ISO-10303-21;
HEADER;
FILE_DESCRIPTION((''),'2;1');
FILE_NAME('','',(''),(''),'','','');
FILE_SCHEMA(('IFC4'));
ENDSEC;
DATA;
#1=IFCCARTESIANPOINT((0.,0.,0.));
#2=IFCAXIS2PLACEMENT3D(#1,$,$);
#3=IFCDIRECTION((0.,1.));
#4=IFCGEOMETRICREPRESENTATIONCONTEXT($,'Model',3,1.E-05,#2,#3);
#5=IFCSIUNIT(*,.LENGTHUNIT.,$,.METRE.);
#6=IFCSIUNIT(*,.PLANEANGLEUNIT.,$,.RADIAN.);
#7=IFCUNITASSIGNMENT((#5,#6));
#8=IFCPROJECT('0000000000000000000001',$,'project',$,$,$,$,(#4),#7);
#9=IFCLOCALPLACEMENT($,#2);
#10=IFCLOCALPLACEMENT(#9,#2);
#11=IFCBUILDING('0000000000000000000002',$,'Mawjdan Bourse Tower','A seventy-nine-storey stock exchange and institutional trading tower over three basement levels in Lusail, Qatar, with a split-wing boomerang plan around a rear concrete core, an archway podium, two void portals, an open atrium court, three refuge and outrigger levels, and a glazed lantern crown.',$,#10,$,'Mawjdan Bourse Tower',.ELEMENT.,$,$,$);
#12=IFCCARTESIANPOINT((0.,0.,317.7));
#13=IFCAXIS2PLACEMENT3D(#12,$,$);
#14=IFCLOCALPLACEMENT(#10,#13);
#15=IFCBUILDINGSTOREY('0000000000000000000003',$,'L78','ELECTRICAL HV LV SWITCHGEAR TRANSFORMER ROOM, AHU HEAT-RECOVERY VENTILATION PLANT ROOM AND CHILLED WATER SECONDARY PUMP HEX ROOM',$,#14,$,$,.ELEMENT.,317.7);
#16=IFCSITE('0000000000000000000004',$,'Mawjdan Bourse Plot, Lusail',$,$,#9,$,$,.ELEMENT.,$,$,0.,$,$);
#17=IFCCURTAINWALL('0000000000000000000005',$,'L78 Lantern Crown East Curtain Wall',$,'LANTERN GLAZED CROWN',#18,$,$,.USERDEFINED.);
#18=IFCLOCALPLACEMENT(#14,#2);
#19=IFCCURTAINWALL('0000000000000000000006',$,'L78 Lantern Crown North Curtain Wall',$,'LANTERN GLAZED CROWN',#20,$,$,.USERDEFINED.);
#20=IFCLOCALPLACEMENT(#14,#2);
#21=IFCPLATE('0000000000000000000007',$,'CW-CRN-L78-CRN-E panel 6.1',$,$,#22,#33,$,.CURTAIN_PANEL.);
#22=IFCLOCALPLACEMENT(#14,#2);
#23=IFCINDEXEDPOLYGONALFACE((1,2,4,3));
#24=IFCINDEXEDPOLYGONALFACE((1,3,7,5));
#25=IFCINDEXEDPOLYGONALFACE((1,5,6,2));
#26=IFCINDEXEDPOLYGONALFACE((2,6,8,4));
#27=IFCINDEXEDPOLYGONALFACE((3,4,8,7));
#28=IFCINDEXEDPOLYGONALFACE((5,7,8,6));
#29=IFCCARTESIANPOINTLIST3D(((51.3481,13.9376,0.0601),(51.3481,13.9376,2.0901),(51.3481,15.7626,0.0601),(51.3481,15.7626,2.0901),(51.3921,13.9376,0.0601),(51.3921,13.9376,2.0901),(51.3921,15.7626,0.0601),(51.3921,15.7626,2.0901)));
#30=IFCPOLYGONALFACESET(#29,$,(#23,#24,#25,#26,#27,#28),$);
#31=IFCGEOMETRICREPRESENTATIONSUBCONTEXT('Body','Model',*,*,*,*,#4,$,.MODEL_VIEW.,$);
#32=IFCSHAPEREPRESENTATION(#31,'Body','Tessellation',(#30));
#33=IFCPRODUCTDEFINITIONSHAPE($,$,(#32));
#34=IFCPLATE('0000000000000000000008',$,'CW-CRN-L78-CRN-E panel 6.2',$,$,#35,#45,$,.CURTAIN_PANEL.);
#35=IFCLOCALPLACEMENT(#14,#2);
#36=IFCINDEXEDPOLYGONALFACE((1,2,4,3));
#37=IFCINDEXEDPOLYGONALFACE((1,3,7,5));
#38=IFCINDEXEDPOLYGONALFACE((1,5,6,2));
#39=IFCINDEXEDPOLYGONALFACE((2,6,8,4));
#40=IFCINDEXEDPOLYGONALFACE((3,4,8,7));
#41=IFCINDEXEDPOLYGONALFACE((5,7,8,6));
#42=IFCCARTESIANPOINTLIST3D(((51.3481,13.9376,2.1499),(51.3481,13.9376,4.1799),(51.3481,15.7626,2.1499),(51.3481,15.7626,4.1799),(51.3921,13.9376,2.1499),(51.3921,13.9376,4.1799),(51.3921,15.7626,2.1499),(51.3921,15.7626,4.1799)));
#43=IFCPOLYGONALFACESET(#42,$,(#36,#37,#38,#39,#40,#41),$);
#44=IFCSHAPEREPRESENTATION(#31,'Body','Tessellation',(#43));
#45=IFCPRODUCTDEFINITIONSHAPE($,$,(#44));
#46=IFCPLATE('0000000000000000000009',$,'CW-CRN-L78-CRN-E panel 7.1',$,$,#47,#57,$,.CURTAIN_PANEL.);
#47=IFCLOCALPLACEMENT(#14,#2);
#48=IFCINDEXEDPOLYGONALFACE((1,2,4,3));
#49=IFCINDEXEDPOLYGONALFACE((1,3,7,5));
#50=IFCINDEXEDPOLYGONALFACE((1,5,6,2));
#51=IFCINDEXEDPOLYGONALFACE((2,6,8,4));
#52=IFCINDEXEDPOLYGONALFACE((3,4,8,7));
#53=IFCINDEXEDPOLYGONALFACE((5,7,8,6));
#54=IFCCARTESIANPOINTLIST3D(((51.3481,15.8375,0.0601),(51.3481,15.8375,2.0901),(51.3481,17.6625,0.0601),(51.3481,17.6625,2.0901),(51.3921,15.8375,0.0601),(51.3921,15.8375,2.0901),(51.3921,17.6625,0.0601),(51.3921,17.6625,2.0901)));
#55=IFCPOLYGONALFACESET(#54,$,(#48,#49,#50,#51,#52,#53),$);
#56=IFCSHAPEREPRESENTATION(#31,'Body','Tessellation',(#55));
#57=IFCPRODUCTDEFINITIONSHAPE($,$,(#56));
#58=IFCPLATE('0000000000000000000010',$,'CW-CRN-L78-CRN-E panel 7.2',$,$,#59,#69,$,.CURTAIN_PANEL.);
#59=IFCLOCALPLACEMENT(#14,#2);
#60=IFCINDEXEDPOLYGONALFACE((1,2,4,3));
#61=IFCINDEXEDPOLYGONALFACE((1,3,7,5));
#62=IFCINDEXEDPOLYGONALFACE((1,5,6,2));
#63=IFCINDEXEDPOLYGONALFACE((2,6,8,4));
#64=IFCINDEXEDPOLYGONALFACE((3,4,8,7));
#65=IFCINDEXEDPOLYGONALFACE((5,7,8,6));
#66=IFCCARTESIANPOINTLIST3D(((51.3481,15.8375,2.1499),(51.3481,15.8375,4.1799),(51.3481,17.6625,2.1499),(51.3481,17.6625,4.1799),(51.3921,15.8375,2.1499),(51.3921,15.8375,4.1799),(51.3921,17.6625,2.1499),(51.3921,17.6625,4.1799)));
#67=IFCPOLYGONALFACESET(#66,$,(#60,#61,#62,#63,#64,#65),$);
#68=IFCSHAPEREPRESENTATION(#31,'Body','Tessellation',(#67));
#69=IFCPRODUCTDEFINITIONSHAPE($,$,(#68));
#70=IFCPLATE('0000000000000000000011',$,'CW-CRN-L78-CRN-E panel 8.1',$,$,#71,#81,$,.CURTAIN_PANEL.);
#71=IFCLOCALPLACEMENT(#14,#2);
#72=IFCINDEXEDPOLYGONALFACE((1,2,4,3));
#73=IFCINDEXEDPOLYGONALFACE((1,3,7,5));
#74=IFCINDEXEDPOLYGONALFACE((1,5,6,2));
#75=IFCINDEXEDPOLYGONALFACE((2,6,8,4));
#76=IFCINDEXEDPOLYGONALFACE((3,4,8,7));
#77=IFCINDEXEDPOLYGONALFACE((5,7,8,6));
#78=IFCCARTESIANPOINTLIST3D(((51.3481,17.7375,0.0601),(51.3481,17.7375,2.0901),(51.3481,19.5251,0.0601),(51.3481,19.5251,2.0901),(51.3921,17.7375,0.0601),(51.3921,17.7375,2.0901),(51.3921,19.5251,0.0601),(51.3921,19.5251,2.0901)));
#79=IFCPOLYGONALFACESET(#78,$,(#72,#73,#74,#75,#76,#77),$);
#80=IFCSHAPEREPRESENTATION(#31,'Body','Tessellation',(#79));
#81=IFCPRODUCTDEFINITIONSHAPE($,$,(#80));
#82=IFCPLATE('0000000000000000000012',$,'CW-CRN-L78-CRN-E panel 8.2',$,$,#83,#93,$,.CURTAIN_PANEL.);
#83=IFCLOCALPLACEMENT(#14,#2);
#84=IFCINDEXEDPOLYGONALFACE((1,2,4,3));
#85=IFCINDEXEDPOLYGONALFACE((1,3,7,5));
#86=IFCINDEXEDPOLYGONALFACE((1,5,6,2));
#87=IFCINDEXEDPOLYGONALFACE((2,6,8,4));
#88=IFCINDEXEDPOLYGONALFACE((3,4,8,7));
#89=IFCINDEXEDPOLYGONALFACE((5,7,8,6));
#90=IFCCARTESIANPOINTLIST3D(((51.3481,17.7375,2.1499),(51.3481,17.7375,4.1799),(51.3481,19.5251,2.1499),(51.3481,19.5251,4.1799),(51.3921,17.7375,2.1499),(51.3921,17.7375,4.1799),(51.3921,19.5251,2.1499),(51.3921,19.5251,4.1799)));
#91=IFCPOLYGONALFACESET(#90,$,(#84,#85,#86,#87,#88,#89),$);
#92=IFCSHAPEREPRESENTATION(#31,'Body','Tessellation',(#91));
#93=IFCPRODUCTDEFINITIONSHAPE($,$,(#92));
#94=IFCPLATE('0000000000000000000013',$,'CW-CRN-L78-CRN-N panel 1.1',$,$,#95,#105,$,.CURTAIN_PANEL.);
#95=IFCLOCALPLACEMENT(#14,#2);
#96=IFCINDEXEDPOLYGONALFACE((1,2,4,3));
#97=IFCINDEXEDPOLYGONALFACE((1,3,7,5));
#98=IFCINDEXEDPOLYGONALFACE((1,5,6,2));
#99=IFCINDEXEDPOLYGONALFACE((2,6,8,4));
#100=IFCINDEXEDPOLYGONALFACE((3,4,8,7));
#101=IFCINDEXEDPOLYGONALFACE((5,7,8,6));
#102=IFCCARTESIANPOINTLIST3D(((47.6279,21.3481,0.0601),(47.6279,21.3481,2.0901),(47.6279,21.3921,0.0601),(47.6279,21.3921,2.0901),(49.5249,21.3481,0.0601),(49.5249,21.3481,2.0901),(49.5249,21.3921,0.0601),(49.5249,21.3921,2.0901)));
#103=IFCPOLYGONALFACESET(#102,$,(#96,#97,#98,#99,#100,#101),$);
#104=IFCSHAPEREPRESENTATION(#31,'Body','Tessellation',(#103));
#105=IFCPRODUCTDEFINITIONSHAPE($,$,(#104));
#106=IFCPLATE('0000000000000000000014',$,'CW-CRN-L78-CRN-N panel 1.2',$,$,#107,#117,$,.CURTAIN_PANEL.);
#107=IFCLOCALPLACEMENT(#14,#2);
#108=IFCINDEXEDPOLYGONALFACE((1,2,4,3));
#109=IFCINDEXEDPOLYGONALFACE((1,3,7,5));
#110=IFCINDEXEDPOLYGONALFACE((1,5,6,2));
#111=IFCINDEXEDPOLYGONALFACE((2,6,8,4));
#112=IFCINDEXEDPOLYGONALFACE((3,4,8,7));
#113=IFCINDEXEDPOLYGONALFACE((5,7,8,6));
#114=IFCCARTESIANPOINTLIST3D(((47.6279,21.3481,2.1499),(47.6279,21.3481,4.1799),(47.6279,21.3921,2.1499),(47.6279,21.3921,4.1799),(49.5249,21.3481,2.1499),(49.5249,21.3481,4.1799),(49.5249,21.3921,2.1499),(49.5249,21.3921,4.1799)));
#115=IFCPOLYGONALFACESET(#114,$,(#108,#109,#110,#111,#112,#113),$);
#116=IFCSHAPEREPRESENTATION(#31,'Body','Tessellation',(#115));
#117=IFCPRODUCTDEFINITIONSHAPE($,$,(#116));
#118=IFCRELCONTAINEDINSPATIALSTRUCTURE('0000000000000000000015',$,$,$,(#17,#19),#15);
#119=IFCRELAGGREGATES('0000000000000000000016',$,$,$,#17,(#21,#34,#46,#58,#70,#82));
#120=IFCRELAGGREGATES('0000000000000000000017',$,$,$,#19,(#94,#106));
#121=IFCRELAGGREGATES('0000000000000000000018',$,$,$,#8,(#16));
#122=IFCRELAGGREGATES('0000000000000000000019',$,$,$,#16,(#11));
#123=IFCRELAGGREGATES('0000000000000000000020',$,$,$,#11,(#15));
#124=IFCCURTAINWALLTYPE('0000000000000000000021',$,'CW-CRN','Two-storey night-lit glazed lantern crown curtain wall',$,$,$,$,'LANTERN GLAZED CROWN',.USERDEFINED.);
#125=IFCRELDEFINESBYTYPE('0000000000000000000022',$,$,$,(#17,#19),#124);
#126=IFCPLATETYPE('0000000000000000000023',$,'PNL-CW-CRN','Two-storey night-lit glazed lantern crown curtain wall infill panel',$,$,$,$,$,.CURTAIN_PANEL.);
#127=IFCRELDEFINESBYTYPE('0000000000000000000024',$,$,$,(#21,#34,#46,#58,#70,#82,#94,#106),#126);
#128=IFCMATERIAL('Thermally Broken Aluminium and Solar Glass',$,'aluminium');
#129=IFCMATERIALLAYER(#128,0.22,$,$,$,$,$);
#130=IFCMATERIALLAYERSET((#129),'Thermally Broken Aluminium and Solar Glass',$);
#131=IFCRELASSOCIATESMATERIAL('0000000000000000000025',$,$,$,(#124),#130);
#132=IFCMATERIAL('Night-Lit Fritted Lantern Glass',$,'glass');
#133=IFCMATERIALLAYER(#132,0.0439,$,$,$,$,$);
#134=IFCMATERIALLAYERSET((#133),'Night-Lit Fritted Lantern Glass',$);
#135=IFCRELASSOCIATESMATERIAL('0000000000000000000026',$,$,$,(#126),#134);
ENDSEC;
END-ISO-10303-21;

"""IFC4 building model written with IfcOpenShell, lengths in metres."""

from ifc_helpers import new_model, si_unit, direction, frame, origin, origin_2d, place, context, subcontext, project, spatial, rectangle, extrude, material, layer, layer_set, type_object, element, aggregate, save


model = new_model("IFC4")

# Units and contexts
model_context = context("Model", 3, precision=1e-05, world=origin(), true_north=direction((0.0, 1.0)))
body_context = subcontext(model_context, "Body", "Model", "MODEL_VIEW")
ifc_project = project(units=[si_unit("LENGTHUNIT", "METRE"), si_unit("PLANEANGLEUNIT", "RADIAN")], contexts=[model_context])

# Site, building, storey
site_placement = place(None, origin())
site = spatial("IfcSite", under=ifc_project, at=site_placement, Name="Mawjdan Bourse Plot, Lusail", CompositionType="ELEMENT", RefElevation=0.0)
building_placement = place(site_placement, origin())
building = spatial("IfcBuilding", under=site, at=building_placement, Name="Mawjdan Bourse Tower", Description="A seventy-nine-storey stock exchange and institutional trading tower over three basement levels in Lusail, Qatar, with a split-wing boomerang plan around a rear concrete core, an archway podium, two void portals, an open atrium court, three refuge and outrigger levels, and a glazed lantern crown.", LongName="Mawjdan Bourse Tower", CompositionType="ELEMENT")
storey_placement = place(building_placement, frame((0.0, 0.0, 317.7)))
storey = spatial("IfcBuildingStorey", under=building, at=storey_placement, Name="L78", Description="ELECTRICAL HV LV SWITCHGEAR TRANSFORMER ROOM, AHU HEAT-RECOVERY VENTILATION PLANT ROOM AND CHILLED WATER SECONDARY PUMP HEX ROOM", CompositionType="ELEMENT", Elevation=317.7)

# Curtain wall
ifc_material_1 = material(Name="Thermally Broken Aluminium and Solar Glass", Category="aluminium")
ifc_layer_1 = layer(ifc_material_1, 0.22)
ifc_layer_set_1 = layer_set([ifc_layer_1], Name="Thermally Broken Aluminium and Solar Glass")
curtain_wall_type = type_object("IfcCurtainWallType", Name="CW-CRN", Description="Two-storey night-lit glazed lantern crown curtain wall", ElementType="LANTERN GLAZED CROWN", PredefinedType="USERDEFINED", material=ifc_layer_set_1)
curtain_wall_1_placement = place(storey_placement, origin())
curtain_wall_1 = element("IfcCurtainWall", 1, at=curtain_wall_1_placement, inside=storey, type_object=curtain_wall_type, Name="L78 Lantern Crown East Curtain Wall", ObjectType="LANTERN GLAZED CROWN", PredefinedType="USERDEFINED")

# Curtain wall
curtain_wall_2_placement = place(storey_placement, origin())
curtain_wall_2 = element("IfcCurtainWall", 2, at=curtain_wall_2_placement, inside=storey, type_object=curtain_wall_type, Name="L78 Lantern Crown North Curtain Wall", ObjectType="LANTERN GLAZED CROWN", PredefinedType="USERDEFINED")

# Plates
ifc_material_2 = material(Name="Night-Lit Fritted Lantern Glass", Category="glass")
ifc_layer_2 = layer(ifc_material_2, 0.0439)
ifc_layer_set_2 = layer_set([ifc_layer_2], Name="Night-Lit Fritted Lantern Glass")
plate_type = type_object("IfcPlateType", Name="PNL-CW-CRN", Description="Two-storey night-lit glazed lantern crown curtain wall infill panel", PredefinedType="CURTAIN_PANEL", material=ifc_layer_set_2)
plate_1_placement = place(storey_placement, frame((51.3701, 14.8501, 0.0601), z_axis=(0.0, 0.0, 1.0), x_axis=(0.0, 1.0, 0.0)))
plate_1 = element("IfcPlate", 3, at=plate_1_placement, type_object=plate_type, Name="CW-CRN-L78-CRN-E panel 6.1", PredefinedType="CURTAIN_PANEL", context=body_context, shape_type="SweptSolid", body=[
    extrude(rectangle(XDim=1.825, YDim=0.0439, at=origin_2d()), origin(), (0.0, 0.0, 1.0), 2.03),
])
plate_2_placement = place(storey_placement, frame((51.3701, 14.8501, 2.1499), z_axis=(0.0, 0.0, 1.0), x_axis=(0.0, 1.0, 0.0)))
plate_2 = element("IfcPlate", 4, at=plate_2_placement, type_object=plate_type, Name="CW-CRN-L78-CRN-E panel 6.2", PredefinedType="CURTAIN_PANEL", context=body_context, shape_type="SweptSolid", body=[
    extrude(rectangle(XDim=1.825, YDim=0.0439, at=origin_2d()), origin(), (0.0, 0.0, 1.0), 2.03),
])
plate_3_placement = place(storey_placement, frame((51.3701, 16.75, 0.0601), z_axis=(0.0, 0.0, 1.0), x_axis=(0.0, 1.0, 0.0)))
plate_3 = element("IfcPlate", 5, at=plate_3_placement, type_object=plate_type, Name="CW-CRN-L78-CRN-E panel 7.1", PredefinedType="CURTAIN_PANEL", context=body_context, shape_type="SweptSolid", body=[
    extrude(rectangle(XDim=1.825, YDim=0.0439, at=origin_2d()), origin(), (0.0, 0.0, 1.0), 2.03),
])
plate_4_placement = place(storey_placement, frame((51.3701, 16.75, 2.1499), z_axis=(0.0, 0.0, 1.0), x_axis=(0.0, 1.0, 0.0)))
plate_4 = element("IfcPlate", 6, at=plate_4_placement, type_object=plate_type, Name="CW-CRN-L78-CRN-E panel 7.2", PredefinedType="CURTAIN_PANEL", context=body_context, shape_type="SweptSolid", body=[
    extrude(rectangle(XDim=1.825, YDim=0.0439, at=origin_2d()), origin(), (0.0, 0.0, 1.0), 2.03),
])
plate_5_placement = place(storey_placement, frame((51.3701, 18.6313, 0.0601), z_axis=(0.0, 0.0, 1.0), x_axis=(0.0, 1.0, 0.0)))
plate_5 = element("IfcPlate", 7, at=plate_5_placement, type_object=plate_type, Name="CW-CRN-L78-CRN-E panel 8.1", PredefinedType="CURTAIN_PANEL", context=body_context, shape_type="SweptSolid", body=[
    extrude(rectangle(XDim=1.7876, YDim=0.0439, at=origin_2d()), origin(), (0.0, 0.0, 1.0), 2.03),
])
plate_6_placement = place(storey_placement, frame((51.3701, 18.6313, 2.1499), z_axis=(0.0, 0.0, 1.0), x_axis=(0.0, 1.0, 0.0)))
plate_6 = element("IfcPlate", 8, at=plate_6_placement, type_object=plate_type, Name="CW-CRN-L78-CRN-E panel 8.2", PredefinedType="CURTAIN_PANEL", context=body_context, shape_type="SweptSolid", body=[
    extrude(rectangle(XDim=1.7876, YDim=0.0439, at=origin_2d()), origin(), (0.0, 0.0, 1.0), 2.03),
])
aggregate(curtain_wall_1, [plate_1, plate_2, plate_3, plate_4, plate_5, plate_6])
plate_7_placement = place(storey_placement, frame((48.5764, 21.3701, 0.0601), z_axis=(0.0, 0.0, 1.0), x_axis=(-1.0, 0.0, 0.0)))
plate_7 = element("IfcPlate", 9, at=plate_7_placement, type_object=plate_type, Name="CW-CRN-L78-CRN-N panel 1.1", PredefinedType="CURTAIN_PANEL", context=body_context, shape_type="SweptSolid", body=[
    extrude(rectangle(XDim=1.897, YDim=0.0439, at=origin_2d()), origin(), (0.0, 0.0, 1.0), 2.03),
])
plate_8_placement = place(storey_placement, frame((48.5764, 21.3701, 2.1499), z_axis=(0.0, 0.0, 1.0), x_axis=(-1.0, 0.0, 0.0)))
plate_8 = element("IfcPlate", 10, at=plate_8_placement, type_object=plate_type, Name="CW-CRN-L78-CRN-N panel 1.2", PredefinedType="CURTAIN_PANEL", context=body_context, shape_type="SweptSolid", body=[
    extrude(rectangle(XDim=1.897, YDim=0.0439, at=origin_2d()), origin(), (0.0, 0.0, 1.0), 2.03),
])
aggregate(curtain_wall_2, [plate_7, plate_8])

save(model, "model.ifc")
